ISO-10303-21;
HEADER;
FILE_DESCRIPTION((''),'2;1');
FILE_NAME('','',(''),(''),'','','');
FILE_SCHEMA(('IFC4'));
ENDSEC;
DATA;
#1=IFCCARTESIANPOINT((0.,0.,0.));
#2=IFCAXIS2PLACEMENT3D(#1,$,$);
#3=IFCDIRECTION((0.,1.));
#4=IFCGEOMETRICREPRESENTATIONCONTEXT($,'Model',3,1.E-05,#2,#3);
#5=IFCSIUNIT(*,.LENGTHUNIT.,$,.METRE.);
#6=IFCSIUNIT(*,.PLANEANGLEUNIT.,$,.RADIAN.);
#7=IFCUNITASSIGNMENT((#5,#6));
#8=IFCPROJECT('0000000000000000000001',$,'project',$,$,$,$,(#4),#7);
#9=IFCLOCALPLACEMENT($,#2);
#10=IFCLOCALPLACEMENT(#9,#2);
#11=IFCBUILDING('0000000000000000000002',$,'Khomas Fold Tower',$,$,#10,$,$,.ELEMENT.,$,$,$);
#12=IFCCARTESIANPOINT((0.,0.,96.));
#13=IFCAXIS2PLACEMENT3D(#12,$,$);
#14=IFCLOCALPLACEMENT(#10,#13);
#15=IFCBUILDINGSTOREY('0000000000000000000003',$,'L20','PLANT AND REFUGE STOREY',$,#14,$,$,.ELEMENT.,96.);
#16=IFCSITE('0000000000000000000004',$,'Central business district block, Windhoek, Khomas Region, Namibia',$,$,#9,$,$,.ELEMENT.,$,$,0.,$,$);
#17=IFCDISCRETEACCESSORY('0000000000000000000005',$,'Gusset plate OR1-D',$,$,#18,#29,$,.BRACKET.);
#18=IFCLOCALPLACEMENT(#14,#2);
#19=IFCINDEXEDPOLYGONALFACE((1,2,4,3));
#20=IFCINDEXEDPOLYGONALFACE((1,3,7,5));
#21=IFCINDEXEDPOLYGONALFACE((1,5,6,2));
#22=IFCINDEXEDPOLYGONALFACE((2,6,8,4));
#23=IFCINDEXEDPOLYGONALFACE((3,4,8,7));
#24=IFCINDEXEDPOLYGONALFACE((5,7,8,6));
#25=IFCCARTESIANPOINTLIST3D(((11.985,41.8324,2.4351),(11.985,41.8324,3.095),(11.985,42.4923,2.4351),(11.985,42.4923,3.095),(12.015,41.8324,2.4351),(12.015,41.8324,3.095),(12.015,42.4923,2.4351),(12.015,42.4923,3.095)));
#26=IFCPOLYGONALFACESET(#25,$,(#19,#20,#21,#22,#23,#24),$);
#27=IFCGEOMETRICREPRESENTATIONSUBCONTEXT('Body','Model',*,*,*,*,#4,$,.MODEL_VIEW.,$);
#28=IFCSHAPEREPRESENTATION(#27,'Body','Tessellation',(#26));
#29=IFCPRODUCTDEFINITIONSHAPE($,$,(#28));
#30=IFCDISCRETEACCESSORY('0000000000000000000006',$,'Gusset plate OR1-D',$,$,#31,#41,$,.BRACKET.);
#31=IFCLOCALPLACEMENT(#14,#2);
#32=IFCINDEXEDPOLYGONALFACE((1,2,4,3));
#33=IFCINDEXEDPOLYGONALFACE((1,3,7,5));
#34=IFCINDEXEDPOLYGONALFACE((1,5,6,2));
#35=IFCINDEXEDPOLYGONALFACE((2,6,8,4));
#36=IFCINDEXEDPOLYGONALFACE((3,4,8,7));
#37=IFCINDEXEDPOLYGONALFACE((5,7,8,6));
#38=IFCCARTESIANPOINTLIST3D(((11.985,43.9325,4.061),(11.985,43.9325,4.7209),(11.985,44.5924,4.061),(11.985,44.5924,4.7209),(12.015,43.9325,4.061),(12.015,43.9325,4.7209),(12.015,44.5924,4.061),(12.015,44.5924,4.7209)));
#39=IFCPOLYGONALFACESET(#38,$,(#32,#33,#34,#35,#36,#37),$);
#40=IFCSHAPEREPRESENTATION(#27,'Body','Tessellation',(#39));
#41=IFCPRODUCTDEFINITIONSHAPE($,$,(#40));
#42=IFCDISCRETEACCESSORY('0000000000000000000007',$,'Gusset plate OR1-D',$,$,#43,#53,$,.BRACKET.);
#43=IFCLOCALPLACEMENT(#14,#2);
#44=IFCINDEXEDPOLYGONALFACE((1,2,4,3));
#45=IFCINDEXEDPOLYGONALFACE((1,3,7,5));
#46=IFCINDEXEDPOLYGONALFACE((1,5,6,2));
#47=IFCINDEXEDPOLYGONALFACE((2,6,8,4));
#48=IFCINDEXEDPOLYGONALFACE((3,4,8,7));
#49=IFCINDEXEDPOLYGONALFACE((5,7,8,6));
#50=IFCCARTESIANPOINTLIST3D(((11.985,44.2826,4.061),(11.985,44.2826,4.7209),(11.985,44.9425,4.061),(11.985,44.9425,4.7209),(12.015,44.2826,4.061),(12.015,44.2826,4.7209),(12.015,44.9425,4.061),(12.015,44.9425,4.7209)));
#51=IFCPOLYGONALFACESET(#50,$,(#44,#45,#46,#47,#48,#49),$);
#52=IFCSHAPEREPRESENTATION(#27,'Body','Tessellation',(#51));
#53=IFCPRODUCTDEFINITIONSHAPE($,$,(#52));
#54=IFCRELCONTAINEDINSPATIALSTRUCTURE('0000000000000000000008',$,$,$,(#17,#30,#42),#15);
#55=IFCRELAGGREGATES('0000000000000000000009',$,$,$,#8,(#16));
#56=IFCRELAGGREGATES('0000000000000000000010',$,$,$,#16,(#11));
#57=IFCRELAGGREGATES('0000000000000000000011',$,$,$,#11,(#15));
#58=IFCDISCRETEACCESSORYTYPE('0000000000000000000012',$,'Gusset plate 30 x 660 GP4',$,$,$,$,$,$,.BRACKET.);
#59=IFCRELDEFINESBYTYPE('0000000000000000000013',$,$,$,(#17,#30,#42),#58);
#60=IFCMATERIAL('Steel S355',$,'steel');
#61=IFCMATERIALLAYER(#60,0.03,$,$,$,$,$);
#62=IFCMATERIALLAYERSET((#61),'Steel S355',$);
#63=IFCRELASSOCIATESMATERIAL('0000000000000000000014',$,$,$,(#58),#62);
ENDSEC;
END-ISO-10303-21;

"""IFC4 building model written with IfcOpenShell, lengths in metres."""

from ifc_helpers import new_model, si_unit, direction, frame, origin, origin_2d, place, context, subcontext, project, spatial, rectangle, extrude, source, transform, mapped, material, layer, layer_set, type_object, element, save


model = new_model("IFC4")

# Units and contexts
model_context = context("Model", 3, precision=1e-05, world=origin(), true_north=direction((0.0, 1.0)))
body_context = subcontext(model_context, "Body", "Model", "MODEL_VIEW")
ifc_project = project(units=[si_unit("LENGTHUNIT", "METRE"), si_unit("PLANEANGLEUNIT", "RADIAN")], contexts=[model_context])

# Site, building, storey
site_placement = place(None, origin())
site = spatial("IfcSite", under=ifc_project, at=site_placement, Name="Central business district block, Windhoek, Khomas Region, Namibia", CompositionType="ELEMENT", RefElevation=0.0)
building_placement = place(site_placement, origin())
building = spatial("IfcBuilding", under=site, at=building_placement, Name="Khomas Fold Tower", CompositionType="ELEMENT")
storey_placement = place(building_placement, frame((0.0, 0.0, 96.0)))
storey = spatial("IfcBuildingStorey", under=building, at=storey_placement, Name="L20", Description="PLANT AND REFUGE STOREY", CompositionType="ELEMENT", Elevation=96.0)

# Discrete accessories
ifc_material_1 = material(Name="Steel S355", Category="steel")
ifc_layer_1 = layer(ifc_material_1, 0.03)
ifc_layer_set_1 = layer_set([ifc_layer_1], Name="Steel S355")
discrete_accessory_type_1 = type_object("IfcDiscreteAccessoryType", Name="Gusset plate 30 x 660 GP4", PredefinedType="BRACKET", material=ifc_layer_set_1)
shared_shape_1 = source(origin(), body_context, "Body", "SweptSolid", [
    extrude(rectangle(XDim=0.6599, YDim=0.03, at=origin_2d()), origin(), (0.0, 0.0, 1.0), 0.6599),
])
for number, where, z_axis, x_axis, name in (
    (1, (12.0, 42.1624, 2.4351), (0.0, 0.0, 1.0), (0.0, 1.0, 0.0), "Gusset plate OR1-D"),
    (2, (12.0, 44.2625, 4.061), (0.0, 0.0, 1.0), (0.0, 1.0, 0.0), "Gusset plate OR1-D"),
    (3, (12.0, 44.6125, 4.061), (0.0, 0.0, 1.0), (0.0, 1.0, 0.0), "Gusset plate OR1-D"),
):
    element("IfcDiscreteAccessory", number, at=place(storey_placement, frame(where, z_axis=z_axis, x_axis=x_axis)), inside=storey, type_object=discrete_accessory_type_1, Name=name, PredefinedType="BRACKET", context=body_context, shape_type="MappedRepresentation", body=[
        mapped(shared_shape_1, transform((0.0, 0.0, 0.0))),
    ])

save(model, "model.ifc")
